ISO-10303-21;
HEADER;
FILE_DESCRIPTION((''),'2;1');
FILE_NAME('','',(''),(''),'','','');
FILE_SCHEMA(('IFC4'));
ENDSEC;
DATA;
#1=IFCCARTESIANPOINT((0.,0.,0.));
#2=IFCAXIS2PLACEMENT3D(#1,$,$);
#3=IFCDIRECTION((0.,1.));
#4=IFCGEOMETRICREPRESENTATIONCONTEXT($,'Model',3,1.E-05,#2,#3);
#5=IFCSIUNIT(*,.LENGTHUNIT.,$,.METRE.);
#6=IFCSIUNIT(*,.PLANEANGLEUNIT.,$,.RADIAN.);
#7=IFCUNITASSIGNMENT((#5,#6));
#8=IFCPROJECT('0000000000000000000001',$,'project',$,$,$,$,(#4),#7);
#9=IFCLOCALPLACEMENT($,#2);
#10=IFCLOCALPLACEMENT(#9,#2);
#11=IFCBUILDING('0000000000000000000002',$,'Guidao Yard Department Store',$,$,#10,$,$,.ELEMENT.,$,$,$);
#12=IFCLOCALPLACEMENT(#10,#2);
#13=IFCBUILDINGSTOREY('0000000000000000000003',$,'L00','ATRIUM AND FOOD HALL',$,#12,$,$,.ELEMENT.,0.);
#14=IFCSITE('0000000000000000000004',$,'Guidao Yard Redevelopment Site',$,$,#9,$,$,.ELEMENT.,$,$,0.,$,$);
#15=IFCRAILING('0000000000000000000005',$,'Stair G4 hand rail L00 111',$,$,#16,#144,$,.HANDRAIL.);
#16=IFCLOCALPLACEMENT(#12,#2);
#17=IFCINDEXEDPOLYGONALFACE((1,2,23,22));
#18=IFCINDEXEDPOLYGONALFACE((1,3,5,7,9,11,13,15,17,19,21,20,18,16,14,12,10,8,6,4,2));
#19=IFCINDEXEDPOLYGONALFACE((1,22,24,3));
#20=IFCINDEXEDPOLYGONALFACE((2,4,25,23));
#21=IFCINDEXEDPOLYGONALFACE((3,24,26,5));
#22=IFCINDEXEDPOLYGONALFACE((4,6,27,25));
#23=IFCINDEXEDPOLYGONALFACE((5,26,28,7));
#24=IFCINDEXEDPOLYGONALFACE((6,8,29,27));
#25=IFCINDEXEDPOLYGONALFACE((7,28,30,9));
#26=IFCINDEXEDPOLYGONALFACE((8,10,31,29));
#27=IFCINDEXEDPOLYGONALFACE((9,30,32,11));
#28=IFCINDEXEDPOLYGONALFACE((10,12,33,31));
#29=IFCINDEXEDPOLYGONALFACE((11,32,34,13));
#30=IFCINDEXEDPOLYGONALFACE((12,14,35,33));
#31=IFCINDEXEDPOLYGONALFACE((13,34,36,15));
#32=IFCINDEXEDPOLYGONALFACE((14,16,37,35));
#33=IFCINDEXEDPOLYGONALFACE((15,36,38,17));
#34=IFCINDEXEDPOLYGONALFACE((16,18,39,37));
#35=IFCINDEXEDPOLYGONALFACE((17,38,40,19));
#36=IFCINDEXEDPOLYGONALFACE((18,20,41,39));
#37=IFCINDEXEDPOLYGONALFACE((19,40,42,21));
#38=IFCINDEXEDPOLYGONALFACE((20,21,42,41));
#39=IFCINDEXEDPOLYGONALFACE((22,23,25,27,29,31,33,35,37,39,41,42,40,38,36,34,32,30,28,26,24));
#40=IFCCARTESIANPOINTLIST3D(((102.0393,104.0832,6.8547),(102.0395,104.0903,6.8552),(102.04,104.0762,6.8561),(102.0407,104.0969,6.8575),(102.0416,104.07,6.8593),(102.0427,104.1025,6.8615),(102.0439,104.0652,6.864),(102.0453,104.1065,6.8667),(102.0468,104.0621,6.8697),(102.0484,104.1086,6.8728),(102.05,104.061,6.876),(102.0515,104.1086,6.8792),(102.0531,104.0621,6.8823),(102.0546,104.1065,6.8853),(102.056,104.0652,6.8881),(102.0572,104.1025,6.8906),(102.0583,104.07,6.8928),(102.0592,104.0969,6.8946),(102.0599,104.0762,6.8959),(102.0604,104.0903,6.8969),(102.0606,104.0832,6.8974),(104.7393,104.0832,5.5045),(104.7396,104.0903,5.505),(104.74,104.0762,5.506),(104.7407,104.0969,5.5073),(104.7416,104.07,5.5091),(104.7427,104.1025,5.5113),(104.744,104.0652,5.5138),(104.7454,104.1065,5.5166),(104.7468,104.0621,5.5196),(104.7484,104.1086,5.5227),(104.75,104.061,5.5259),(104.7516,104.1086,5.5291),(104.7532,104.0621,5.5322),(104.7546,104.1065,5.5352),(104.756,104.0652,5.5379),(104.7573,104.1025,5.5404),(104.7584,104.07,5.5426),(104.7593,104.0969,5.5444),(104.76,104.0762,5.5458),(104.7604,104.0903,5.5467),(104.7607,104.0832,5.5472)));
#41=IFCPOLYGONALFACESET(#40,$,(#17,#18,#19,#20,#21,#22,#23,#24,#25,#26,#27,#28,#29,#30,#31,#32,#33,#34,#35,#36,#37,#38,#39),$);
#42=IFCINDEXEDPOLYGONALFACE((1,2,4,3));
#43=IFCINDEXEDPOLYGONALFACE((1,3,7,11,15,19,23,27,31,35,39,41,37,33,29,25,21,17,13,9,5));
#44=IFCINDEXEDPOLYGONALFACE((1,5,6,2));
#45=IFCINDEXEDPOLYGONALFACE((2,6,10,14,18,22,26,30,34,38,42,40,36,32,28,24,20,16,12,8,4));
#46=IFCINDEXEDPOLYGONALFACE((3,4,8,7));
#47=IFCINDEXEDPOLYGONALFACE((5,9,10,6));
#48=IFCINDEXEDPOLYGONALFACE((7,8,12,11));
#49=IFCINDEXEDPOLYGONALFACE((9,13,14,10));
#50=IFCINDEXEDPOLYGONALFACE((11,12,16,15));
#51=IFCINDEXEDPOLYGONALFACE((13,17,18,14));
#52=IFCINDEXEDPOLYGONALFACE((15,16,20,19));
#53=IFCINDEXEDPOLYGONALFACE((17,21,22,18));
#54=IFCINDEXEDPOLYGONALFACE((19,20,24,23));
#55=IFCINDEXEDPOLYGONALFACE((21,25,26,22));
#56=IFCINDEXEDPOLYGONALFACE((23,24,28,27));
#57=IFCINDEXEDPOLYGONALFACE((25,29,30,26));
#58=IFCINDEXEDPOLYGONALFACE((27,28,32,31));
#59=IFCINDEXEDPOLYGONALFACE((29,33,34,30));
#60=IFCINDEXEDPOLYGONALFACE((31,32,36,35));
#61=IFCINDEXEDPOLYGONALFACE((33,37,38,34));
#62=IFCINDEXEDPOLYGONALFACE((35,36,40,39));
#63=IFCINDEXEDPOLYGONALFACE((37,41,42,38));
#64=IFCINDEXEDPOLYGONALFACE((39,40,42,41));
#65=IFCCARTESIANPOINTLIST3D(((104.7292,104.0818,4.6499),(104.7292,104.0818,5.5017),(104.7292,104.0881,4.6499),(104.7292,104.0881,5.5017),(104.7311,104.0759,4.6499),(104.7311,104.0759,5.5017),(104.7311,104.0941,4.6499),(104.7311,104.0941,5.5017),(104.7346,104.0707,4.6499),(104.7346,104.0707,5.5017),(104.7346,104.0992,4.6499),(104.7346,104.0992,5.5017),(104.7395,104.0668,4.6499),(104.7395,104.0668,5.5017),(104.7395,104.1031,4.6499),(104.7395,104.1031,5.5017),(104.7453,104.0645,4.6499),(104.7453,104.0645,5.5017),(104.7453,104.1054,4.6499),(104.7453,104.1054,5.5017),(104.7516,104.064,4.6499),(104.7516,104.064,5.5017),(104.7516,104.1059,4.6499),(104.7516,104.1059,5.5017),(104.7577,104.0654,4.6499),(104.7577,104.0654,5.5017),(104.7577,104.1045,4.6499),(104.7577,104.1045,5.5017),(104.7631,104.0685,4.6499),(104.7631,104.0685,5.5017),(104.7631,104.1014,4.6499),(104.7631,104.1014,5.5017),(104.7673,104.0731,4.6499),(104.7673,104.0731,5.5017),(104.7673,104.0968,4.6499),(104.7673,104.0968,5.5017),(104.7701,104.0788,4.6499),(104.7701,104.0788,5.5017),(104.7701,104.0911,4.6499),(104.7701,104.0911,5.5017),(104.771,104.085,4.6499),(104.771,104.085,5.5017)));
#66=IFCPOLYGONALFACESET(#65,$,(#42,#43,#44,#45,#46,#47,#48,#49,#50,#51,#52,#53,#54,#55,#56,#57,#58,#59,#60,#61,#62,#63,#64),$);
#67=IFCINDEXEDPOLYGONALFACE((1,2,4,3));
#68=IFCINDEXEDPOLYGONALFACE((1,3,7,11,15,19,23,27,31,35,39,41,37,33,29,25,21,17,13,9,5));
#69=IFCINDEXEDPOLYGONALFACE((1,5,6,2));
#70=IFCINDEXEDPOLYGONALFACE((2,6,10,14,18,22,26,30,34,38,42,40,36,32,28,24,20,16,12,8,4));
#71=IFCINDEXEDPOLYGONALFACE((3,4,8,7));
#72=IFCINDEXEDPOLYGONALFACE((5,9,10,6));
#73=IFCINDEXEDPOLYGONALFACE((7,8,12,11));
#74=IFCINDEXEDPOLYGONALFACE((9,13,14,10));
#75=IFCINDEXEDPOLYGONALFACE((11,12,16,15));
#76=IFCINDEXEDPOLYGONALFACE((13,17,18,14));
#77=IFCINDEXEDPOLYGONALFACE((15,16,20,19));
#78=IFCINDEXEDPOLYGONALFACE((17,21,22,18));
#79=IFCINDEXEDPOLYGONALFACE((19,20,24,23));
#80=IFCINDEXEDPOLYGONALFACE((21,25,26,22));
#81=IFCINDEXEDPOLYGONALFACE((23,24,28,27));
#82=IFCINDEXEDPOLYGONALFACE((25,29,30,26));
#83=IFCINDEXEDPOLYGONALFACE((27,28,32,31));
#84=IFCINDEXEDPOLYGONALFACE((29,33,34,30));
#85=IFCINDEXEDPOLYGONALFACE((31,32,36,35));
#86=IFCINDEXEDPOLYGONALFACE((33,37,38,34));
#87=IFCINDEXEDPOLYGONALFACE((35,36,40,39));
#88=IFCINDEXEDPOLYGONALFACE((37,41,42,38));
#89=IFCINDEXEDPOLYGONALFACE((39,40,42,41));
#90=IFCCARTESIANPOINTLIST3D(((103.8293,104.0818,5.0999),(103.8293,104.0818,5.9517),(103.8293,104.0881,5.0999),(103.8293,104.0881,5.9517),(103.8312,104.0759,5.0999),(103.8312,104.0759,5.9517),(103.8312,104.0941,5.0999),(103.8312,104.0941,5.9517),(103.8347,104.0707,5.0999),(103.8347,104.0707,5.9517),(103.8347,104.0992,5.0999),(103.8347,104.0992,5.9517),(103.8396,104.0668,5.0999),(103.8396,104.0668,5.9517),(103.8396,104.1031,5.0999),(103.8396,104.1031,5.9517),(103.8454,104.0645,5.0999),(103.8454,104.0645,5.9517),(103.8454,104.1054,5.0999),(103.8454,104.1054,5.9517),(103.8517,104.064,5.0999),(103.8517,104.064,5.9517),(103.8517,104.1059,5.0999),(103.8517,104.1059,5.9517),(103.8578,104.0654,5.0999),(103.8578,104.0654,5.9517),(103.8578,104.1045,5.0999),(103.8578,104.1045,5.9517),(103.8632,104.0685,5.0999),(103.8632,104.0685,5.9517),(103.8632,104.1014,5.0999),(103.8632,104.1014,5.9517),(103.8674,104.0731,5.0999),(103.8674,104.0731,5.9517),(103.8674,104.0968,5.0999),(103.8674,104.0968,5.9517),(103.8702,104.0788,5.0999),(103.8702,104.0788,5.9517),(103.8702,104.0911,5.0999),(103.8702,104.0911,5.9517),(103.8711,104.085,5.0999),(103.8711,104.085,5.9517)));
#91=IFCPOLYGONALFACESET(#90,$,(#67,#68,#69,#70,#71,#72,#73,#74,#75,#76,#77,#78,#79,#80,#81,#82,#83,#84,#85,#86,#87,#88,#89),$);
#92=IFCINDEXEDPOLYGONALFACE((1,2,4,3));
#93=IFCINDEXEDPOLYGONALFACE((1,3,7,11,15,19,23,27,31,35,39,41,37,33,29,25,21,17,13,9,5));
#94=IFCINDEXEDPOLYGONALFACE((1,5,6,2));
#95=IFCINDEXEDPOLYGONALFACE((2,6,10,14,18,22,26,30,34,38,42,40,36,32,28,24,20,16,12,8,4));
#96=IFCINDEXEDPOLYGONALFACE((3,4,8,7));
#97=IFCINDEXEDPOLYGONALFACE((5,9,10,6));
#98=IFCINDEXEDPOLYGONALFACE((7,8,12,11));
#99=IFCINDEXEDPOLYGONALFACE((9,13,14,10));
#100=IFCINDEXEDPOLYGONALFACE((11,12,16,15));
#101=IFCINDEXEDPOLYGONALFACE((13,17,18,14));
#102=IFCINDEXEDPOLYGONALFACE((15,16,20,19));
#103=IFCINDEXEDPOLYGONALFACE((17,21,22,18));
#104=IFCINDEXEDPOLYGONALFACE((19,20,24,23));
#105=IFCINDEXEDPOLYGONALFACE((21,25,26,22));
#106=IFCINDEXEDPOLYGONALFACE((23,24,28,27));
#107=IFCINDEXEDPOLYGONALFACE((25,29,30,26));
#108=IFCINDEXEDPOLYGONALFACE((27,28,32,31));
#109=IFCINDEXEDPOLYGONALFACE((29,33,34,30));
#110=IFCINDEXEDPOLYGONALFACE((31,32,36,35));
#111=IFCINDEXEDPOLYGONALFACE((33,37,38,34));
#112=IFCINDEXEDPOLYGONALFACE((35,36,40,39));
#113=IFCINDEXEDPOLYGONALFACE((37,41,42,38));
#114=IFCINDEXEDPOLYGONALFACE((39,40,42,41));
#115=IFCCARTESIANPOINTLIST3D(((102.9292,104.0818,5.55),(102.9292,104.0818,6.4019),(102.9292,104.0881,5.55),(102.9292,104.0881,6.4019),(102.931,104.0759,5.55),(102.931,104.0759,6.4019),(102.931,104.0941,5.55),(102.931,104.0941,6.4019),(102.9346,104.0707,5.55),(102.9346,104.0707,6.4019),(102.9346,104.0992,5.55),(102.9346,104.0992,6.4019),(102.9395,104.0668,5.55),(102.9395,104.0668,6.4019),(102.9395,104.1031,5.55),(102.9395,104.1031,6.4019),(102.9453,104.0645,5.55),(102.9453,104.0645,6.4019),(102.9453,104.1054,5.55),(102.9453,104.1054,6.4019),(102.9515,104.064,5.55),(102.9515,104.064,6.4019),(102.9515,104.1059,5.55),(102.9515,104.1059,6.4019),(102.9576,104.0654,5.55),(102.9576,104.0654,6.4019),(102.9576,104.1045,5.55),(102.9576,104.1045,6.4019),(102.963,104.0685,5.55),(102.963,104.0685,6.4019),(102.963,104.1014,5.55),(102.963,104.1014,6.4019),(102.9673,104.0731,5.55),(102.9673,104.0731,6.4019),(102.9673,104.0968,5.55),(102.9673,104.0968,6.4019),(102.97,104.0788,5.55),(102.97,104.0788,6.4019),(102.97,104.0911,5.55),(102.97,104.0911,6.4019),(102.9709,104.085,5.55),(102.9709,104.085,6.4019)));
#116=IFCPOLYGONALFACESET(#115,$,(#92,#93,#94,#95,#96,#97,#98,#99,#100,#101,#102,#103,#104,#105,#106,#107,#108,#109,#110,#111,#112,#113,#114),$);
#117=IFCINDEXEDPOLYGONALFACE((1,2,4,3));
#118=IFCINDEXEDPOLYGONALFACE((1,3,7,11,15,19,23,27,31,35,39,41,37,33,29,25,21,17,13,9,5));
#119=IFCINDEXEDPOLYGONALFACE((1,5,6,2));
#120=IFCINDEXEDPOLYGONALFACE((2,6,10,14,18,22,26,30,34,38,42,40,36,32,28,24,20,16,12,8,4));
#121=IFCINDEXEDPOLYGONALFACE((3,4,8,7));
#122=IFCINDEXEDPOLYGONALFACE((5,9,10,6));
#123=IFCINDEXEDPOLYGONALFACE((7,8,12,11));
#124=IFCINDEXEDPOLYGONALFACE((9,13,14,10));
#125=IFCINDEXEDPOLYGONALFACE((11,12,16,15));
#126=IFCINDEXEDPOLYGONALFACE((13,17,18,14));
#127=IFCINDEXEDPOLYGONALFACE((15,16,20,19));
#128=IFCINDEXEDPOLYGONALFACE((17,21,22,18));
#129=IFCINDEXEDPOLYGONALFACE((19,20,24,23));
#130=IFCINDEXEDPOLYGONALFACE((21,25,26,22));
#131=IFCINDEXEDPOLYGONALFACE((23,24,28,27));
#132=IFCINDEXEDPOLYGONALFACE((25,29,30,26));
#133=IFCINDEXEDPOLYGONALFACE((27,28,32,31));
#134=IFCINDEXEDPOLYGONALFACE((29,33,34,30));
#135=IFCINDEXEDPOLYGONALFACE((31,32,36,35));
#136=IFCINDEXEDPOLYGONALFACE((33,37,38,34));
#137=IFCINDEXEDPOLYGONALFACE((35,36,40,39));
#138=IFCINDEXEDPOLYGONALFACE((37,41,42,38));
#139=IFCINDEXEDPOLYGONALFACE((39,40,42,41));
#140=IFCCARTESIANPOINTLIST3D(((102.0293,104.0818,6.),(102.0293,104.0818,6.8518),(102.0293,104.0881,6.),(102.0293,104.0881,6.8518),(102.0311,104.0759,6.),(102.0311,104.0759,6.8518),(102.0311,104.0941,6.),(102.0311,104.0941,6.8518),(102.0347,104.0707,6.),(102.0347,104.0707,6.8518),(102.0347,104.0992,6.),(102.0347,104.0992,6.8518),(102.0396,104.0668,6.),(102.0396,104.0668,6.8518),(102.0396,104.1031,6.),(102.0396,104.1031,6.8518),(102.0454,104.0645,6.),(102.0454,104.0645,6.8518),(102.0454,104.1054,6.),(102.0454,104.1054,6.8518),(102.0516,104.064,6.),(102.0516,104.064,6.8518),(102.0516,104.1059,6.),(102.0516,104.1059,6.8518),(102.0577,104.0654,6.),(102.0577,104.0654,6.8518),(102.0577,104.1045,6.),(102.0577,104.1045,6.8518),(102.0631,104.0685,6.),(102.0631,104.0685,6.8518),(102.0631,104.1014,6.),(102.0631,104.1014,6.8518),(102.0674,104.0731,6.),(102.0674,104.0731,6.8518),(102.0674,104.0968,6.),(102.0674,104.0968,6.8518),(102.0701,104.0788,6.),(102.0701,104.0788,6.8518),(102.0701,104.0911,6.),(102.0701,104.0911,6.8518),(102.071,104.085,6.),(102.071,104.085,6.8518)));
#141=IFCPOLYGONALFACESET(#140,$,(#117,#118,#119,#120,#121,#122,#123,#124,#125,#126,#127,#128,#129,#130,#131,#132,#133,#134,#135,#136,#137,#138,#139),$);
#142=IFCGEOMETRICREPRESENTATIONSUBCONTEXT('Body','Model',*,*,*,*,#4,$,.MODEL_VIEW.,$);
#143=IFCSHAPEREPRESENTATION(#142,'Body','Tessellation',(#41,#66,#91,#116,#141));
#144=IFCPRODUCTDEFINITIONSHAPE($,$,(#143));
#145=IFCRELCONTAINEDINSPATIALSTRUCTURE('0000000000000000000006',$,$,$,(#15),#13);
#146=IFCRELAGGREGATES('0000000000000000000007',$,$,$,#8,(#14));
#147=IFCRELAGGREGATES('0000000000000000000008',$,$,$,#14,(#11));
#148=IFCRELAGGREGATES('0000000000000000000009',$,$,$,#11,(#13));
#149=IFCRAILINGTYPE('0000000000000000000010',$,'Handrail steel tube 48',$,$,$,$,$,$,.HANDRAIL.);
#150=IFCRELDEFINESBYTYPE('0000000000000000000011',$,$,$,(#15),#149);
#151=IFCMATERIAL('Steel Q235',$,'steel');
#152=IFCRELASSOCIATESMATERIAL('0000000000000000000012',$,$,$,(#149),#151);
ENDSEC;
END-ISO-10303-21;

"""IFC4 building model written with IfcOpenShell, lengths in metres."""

from ifc_helpers import new_model, si_unit, direction, frame, origin, origin_2d, place, context, subcontext, project, spatial, circle, extrude, material, type_object, element, save


model = new_model("IFC4")

# Units and contexts
model_context = context("Model", 3, precision=1e-05, world=origin(), true_north=direction((0.0, 1.0)))
body_context = subcontext(model_context, "Body", "Model", "MODEL_VIEW")
ifc_project = project(units=[si_unit("LENGTHUNIT", "METRE"), si_unit("PLANEANGLEUNIT", "RADIAN")], contexts=[model_context])

# Site, building, storey
site_placement = place(None, origin())
site = spatial("IfcSite", under=ifc_project, at=site_placement, Name="Guidao Yard Redevelopment Site", CompositionType="ELEMENT", RefElevation=0.0)
building_placement = place(site_placement, origin())
building = spatial("IfcBuilding", under=site, at=building_placement, Name="Guidao Yard Department Store", CompositionType="ELEMENT")
storey_placement = place(building_placement, origin())
storey = spatial("IfcBuildingStorey", under=building, at=storey_placement, Name="L00", Description="ATRIUM AND FOOD HALL", CompositionType="ELEMENT", Elevation=0.0)

# Railing
ifc_material_1 = material(Name="Steel Q235", Category="steel")
railing_type = type_object("IfcRailingType", Name="Handrail steel tube 48", PredefinedType="HANDRAIL", material=ifc_material_1)
for number, where, name in (
    (1, (104.75, 104.085, 4.6499), "Stair G4 hand rail L00 111"),
):
    element("IfcRailing", number, at=place(storey_placement, frame(where)), inside=storey, type_object=railing_type, Name=name, PredefinedType="HANDRAIL", context=body_context, shape_type="SweptSolid", body=[
        extrude(circle(Radius=0.0239, at=origin_2d()), frame((0.0, 0.0, 0.876), z_axis=(-0.894411, 0.0, 0.447246), x_axis=(0.0, -1.0, 0.0)), (0.0, 0.0, 1.0), 3.0188),
        extrude(circle(Radius=0.021, at=origin_2d()), origin(), (0.0, 0.0, 1.0), 0.8518),
        extrude(circle(Radius=0.021, at=origin_2d()), frame((-0.8999, 0.0, 0.45)), (0.0, 0.0, 1.0), 0.8518),
        extrude(circle(Radius=0.021, at=origin_2d()), frame((-1.8, 0.0, 0.9001)), (0.0, 0.0, 1.0), 0.8518),
        extrude(circle(Radius=0.021, at=origin_2d()), frame((-2.7, 0.0, 1.3501)), (0.0, 0.0, 1.0), 0.8518),
    ])

save(model, "model.ifc")
